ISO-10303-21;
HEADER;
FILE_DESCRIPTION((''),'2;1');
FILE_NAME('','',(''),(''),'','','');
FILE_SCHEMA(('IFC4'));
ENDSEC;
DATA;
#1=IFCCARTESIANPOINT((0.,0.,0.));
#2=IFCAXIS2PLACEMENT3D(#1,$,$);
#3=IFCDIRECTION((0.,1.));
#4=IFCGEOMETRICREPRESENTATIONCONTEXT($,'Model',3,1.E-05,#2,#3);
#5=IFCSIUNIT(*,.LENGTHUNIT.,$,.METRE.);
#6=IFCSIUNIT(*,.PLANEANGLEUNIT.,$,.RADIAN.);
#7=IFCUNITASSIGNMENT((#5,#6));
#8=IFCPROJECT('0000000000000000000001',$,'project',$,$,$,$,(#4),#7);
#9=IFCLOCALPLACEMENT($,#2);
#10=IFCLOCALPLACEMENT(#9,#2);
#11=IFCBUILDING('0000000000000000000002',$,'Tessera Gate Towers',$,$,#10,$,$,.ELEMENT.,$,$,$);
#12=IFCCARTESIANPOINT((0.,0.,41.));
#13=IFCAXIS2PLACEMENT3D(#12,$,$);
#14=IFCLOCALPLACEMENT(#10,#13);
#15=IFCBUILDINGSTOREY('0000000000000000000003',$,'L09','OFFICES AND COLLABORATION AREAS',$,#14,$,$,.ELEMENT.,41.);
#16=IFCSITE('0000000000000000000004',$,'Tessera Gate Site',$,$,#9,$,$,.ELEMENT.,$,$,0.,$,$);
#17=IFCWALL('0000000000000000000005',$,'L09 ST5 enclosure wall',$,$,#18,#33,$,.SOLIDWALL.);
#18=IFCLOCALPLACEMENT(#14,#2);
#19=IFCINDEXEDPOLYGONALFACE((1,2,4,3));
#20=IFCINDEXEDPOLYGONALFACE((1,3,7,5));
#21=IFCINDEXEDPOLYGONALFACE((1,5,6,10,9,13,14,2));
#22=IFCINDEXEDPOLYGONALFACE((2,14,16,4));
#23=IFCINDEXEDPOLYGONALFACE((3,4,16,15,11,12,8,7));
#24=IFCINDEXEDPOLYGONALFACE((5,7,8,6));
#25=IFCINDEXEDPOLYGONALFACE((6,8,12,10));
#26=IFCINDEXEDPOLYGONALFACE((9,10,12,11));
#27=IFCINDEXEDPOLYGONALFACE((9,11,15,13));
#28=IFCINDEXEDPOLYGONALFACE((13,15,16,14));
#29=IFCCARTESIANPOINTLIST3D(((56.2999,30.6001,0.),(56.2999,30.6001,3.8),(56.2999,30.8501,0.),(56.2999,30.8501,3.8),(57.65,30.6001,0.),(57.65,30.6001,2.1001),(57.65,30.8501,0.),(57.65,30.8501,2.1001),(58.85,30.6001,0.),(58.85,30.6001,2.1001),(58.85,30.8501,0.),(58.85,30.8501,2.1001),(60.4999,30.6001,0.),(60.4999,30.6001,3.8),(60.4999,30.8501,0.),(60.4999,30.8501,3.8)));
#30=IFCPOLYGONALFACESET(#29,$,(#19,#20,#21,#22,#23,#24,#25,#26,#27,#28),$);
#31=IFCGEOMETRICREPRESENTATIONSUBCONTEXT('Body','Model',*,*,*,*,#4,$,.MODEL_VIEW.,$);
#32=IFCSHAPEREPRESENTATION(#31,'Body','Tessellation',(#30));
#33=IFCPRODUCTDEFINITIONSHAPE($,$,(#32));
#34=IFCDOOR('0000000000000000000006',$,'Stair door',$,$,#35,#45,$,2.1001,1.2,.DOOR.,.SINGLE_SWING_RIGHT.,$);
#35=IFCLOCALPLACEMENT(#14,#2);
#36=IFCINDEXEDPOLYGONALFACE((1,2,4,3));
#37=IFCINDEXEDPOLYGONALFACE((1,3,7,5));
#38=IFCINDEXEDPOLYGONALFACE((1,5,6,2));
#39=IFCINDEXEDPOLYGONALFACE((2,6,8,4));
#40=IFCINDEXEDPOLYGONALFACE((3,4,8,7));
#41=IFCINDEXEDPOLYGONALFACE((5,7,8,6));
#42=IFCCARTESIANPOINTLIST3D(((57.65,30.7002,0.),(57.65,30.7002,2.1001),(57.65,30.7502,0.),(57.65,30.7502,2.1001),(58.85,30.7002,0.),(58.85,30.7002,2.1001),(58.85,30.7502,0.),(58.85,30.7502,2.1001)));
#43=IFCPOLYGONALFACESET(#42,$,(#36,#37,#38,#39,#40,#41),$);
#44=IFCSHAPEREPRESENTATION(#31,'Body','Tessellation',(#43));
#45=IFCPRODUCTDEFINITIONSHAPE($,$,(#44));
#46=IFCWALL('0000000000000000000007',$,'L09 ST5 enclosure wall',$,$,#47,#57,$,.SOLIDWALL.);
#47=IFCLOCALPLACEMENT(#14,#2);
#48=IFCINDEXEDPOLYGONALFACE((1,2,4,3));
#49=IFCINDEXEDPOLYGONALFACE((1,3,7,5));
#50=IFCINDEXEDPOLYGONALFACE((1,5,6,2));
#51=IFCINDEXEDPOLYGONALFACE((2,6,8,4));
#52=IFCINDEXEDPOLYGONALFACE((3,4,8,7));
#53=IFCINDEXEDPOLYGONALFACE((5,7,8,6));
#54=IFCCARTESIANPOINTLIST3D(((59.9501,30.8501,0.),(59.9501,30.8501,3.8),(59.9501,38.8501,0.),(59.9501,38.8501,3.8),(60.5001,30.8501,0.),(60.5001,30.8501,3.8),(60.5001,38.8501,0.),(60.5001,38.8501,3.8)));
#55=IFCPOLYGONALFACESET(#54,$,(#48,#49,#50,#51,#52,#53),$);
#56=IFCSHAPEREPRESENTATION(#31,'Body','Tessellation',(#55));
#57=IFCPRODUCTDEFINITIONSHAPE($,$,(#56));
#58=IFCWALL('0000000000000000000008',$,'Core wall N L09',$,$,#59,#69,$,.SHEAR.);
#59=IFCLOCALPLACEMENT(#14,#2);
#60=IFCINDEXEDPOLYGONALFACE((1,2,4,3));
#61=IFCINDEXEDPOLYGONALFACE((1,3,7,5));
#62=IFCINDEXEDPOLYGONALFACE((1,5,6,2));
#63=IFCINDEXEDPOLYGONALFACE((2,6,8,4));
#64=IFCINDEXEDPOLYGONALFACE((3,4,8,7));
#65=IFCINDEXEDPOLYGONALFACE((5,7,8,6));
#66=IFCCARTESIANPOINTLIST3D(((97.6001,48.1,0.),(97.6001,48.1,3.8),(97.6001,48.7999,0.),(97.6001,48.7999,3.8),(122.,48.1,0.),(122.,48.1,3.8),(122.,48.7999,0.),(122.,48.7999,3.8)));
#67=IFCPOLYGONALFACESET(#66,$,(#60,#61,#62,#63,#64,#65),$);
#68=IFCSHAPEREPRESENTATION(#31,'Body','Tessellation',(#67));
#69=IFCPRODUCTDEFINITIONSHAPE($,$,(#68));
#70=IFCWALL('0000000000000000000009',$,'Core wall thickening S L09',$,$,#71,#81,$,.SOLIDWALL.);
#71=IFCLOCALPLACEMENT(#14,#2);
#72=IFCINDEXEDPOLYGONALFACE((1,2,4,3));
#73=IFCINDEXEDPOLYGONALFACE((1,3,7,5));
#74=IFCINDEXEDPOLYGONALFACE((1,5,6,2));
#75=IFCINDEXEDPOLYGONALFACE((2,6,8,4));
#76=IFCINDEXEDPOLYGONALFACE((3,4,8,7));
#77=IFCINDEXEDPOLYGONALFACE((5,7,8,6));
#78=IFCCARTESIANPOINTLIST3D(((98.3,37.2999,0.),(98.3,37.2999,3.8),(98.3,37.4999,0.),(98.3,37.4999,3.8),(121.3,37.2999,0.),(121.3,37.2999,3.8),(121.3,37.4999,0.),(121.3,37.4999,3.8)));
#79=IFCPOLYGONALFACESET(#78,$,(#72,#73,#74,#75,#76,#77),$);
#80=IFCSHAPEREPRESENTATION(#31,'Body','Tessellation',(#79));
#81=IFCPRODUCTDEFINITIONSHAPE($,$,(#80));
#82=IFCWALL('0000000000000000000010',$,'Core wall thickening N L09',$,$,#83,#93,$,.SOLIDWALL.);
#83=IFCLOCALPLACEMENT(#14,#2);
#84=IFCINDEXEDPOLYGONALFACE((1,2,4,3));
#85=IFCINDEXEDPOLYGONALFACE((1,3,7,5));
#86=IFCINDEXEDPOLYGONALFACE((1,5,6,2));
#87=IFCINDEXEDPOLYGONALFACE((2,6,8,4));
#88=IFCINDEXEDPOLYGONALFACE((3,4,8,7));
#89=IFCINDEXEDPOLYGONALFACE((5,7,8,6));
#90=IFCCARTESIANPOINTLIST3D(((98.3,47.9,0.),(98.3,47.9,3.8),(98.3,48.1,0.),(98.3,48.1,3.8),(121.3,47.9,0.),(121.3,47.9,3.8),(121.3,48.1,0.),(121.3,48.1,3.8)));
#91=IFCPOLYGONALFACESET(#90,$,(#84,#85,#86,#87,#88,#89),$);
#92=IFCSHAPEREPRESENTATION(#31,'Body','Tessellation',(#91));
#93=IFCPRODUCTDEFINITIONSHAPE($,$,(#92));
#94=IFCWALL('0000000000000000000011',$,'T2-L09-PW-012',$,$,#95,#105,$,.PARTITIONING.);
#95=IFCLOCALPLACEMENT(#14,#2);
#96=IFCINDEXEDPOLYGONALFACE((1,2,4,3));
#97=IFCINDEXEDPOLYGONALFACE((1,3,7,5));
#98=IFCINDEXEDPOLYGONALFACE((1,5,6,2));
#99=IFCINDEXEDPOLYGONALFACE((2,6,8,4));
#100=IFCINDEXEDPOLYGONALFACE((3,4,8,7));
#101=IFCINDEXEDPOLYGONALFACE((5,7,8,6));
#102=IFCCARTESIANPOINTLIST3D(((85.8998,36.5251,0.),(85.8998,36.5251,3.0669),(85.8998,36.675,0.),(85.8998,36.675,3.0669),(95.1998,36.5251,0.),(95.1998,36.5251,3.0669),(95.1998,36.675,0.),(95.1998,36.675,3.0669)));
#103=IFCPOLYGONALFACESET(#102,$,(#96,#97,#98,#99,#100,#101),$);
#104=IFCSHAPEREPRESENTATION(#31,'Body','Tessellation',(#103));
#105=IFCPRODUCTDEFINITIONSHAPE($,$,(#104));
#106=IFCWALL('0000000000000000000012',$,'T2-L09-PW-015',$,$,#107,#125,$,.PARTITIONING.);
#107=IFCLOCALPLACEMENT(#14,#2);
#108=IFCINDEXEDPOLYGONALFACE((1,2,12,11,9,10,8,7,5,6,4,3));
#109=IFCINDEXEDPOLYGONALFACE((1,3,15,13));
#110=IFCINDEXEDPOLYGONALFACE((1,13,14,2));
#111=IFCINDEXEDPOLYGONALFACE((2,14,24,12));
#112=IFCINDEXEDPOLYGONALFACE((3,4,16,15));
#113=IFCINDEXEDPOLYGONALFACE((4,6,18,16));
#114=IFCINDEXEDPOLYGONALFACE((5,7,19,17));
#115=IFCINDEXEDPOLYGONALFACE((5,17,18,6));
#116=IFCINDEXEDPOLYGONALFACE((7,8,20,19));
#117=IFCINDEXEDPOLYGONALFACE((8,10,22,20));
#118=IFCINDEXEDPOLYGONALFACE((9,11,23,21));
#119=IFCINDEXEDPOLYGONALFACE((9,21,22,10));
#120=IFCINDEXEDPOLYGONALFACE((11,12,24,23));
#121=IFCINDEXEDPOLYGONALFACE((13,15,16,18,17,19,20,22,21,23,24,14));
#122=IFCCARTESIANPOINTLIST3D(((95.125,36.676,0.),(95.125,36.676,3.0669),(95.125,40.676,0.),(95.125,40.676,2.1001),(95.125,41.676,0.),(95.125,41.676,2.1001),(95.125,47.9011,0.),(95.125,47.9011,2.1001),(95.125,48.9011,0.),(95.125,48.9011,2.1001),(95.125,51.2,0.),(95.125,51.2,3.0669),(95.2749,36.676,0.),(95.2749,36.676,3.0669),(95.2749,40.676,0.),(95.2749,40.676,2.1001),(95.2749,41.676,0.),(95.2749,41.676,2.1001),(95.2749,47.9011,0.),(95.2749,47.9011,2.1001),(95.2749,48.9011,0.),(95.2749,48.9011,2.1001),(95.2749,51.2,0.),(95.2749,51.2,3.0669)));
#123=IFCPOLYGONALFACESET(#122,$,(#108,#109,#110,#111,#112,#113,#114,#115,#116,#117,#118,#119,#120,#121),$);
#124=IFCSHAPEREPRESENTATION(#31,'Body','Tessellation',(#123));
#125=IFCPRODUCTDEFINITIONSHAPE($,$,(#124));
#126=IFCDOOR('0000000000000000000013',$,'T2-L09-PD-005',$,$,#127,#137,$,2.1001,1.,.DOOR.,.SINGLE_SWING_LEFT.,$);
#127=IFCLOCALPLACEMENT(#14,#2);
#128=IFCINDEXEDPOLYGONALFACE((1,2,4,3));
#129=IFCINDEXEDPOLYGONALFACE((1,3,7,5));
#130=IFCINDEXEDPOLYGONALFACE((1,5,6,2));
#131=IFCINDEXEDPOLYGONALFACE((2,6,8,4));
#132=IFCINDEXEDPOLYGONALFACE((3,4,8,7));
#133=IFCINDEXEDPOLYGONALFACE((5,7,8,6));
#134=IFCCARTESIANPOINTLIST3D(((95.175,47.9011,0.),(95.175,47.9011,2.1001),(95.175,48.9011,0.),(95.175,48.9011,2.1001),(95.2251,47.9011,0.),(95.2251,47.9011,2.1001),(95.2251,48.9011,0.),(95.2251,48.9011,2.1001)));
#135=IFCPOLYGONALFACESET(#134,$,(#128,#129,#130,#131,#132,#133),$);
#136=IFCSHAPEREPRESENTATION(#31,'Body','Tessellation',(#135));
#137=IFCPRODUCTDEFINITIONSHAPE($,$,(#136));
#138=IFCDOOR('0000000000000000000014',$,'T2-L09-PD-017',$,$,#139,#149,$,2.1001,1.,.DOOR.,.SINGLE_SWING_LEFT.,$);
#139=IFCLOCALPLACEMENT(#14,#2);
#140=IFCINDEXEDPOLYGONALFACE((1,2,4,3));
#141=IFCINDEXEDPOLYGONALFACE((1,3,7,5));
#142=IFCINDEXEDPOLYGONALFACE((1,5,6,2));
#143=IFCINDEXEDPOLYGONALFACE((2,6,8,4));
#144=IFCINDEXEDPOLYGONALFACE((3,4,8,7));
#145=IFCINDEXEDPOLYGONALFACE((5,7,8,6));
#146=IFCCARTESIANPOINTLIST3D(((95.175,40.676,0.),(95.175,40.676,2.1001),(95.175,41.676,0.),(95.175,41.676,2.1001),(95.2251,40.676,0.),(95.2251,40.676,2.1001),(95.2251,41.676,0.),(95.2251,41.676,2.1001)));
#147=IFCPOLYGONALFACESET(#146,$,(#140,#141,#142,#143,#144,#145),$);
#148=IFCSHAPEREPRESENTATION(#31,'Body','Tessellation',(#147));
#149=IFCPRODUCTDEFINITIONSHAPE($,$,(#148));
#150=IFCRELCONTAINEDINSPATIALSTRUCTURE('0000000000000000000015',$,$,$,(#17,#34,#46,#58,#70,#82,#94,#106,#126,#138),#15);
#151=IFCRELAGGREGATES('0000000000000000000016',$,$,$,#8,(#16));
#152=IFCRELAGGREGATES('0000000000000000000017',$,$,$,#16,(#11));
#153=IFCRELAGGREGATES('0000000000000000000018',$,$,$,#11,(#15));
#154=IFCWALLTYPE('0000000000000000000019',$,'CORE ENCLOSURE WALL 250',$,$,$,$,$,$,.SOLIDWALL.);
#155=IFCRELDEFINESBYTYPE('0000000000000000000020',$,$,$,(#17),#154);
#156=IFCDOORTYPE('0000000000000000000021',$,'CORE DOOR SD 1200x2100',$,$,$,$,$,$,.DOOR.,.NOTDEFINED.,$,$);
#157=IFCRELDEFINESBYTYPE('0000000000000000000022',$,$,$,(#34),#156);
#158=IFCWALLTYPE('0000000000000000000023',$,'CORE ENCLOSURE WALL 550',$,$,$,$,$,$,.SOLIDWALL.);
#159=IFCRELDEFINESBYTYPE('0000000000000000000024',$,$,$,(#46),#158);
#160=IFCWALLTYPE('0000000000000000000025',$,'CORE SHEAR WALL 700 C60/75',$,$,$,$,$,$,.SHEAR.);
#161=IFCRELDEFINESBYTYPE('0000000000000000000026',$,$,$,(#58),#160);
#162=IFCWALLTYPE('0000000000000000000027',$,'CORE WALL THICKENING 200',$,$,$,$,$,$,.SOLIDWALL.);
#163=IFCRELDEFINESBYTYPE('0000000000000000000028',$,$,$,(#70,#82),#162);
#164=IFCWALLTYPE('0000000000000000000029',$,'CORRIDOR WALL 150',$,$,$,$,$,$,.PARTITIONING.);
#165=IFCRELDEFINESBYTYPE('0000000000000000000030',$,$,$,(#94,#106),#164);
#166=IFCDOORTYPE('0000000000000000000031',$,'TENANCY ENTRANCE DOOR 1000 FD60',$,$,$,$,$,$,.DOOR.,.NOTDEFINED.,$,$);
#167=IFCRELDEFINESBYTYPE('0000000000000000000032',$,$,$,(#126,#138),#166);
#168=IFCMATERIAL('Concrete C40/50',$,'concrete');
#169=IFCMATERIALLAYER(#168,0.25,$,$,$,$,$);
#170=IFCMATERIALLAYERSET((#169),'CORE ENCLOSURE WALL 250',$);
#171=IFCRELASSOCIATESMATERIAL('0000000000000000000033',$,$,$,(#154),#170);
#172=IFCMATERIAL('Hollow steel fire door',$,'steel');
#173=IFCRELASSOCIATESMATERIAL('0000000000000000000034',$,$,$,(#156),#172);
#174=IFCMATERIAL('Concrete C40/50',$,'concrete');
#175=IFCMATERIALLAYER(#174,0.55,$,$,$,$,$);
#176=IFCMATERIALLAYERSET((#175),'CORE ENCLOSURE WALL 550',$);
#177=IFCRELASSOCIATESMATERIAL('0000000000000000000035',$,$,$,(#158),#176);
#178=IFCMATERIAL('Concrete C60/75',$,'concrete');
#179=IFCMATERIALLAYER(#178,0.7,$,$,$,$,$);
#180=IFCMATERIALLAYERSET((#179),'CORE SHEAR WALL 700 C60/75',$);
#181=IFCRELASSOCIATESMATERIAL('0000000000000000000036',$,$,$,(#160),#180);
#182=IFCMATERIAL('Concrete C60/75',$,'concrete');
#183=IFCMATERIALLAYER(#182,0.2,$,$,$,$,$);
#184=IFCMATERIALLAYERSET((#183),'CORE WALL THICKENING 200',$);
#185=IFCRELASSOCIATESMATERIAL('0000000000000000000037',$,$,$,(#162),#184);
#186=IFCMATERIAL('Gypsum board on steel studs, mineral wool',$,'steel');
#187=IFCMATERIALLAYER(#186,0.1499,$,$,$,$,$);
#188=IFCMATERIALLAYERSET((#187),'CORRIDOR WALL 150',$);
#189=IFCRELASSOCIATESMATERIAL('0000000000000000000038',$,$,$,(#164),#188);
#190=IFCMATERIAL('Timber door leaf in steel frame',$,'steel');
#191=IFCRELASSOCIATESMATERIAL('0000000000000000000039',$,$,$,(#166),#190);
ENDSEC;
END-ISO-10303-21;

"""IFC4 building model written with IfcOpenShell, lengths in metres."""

from ifc_helpers import new_model, si_unit, direction, frame, frame_2d, origin, place, context, subcontext, project, spatial, rectangle, extrude, source, transform, mapped, material, layer, layer_set, type_object, element, fill, save


model = new_model("IFC4")

# Units and contexts
model_context = context("Model", 3, precision=1e-05, world=origin(), true_north=direction((0.0, 1.0)))
body_context = subcontext(model_context, "Body", "Model", "MODEL_VIEW")
ifc_project = project(units=[si_unit("LENGTHUNIT", "METRE"), si_unit("PLANEANGLEUNIT", "RADIAN")], contexts=[model_context])

# Site, building, storey
site_placement = place(None, origin())
site = spatial("IfcSite", under=ifc_project, at=site_placement, Name="Tessera Gate Site", CompositionType="ELEMENT", RefElevation=0.0)
building_placement = place(site_placement, origin())
building = spatial("IfcBuilding", under=site, at=building_placement, Name="Tessera Gate Towers", CompositionType="ELEMENT")
storey_placement = place(building_placement, frame((0.0, 0.0, 41.0)))
storey = spatial("IfcBuildingStorey", under=building, at=storey_placement, Name="L09", Description="OFFICES AND COLLABORATION AREAS", CompositionType="ELEMENT", Elevation=41.0)

# Wall, opening, door
ifc_material_1 = material(Name="Concrete C40/50", Category="concrete")
ifc_layer_1 = layer(ifc_material_1, 0.25)
ifc_layer_set_1 = layer_set([ifc_layer_1], Name="CORE ENCLOSURE WALL 250")
wall_type_1 = type_object("IfcWallType", Name="CORE ENCLOSURE WALL 250", PredefinedType="SOLIDWALL", material=ifc_layer_set_1)
wall_1_placement = place(storey_placement, frame((60.5, 30.7251, 0.0), z_axis=(0.0, 0.0, 1.0), x_axis=(-1.0, 0.0, 0.0)))
wall_1 = element("IfcWall", 1, at=wall_1_placement, inside=storey, type_object=wall_type_1, Name="L09 ST5 enclosure wall", PredefinedType="SOLIDWALL", context=body_context, shape_type="SweptSolid", body=[
    extrude(rectangle(XDim=4.2, YDim=0.25, at=frame_2d((2.1001, 0.0))), origin(), (0.0, 0.0, 1.0), 3.8),
])
shared_shape_1 = source(origin(), body_context, "Body", "SweptSolid", [
    extrude(rectangle(XDim=1.2, YDim=2.1001, at=frame_2d((0.6001, 1.05))), frame((0.0, 0.135, 0.0), z_axis=(0.0, -1.0, 0.0), x_axis=(1.0, 0.0, 0.0)), (0.0, 0.0, 1.0), 0.27),
])
opening_1_placement = place(wall_1_placement, frame((1.6499, 0.0, 0.0)))
opening_1 = element("IfcOpeningElement", 2, at=opening_1_placement, cuts=wall_1, PredefinedType="OPENING", context=body_context, shape_type="MappedRepresentation", body=[
    mapped(shared_shape_1, transform((0.0, 0.0, 0.0), scale=1.0)),
])
ifc_material_2 = material(Name="Hollow steel fire door", Category="steel")
door_type_1 = type_object("IfcDoorType", Name="CORE DOOR SD 1200x2100", OperationType="NOTDEFINED", PredefinedType="DOOR", material=ifc_material_2)
shared_shape_2 = source(origin(), body_context, "Body", "SweptSolid", [
    extrude(rectangle(XDim=1.2, YDim=2.1001, at=frame_2d((0.6001, 1.05))), frame((0.0, 0.0249, 0.0), z_axis=(0.0, -1.0, 0.0), x_axis=(1.0, 0.0, 0.0)), (0.0, 0.0, 1.0), 0.05),
])
door_1_placement = place(opening_1_placement, origin())
door_1 = element("IfcDoor", 3, at=door_1_placement, inside=storey, type_object=door_type_1, Name="Stair door", OperationType="SINGLE_SWING_RIGHT", OverallHeight=2.1001, OverallWidth=1.2, PredefinedType="DOOR", context=body_context, shape_type="MappedRepresentation", body=[
    mapped(shared_shape_2, transform((0.0, 0.0, 0.0), scale=1.0)),
])
fill(opening_1, door_1)

# Wall
ifc_material_3 = material(Name="Concrete C40/50", Category="concrete")
ifc_layer_2 = layer(ifc_material_3, 0.55)
ifc_layer_set_2 = layer_set([ifc_layer_2], Name="CORE ENCLOSURE WALL 550")
wall_type_2 = type_object("IfcWallType", Name="CORE ENCLOSURE WALL 550", PredefinedType="SOLIDWALL", material=ifc_layer_set_2)
wall_2_placement = place(storey_placement, frame((60.2251, 38.8501, 0.0), z_axis=(0.0, 0.0, 1.0), x_axis=(0.0, -1.0, 0.0)))
element("IfcWall", 4, at=wall_2_placement, inside=storey, type_object=wall_type_2, Name="L09 ST5 enclosure wall", PredefinedType="SOLIDWALL", context=body_context, shape_type="SweptSolid", body=[
    extrude(rectangle(XDim=8.0, YDim=0.55, at=frame_2d((4.0, 0.0))), origin(), (0.0, 0.0, 1.0), 3.8),
])

# Shared definitions
ifc_material_4 = material(Name="Concrete C60/75", Category="concrete")
ifc_layer_3 = layer(ifc_material_4, 0.7)
ifc_layer_set_3 = layer_set([ifc_layer_3], Name="CORE SHEAR WALL 700 C60/75")
wall_type_3 = type_object("IfcWallType", Name="CORE SHEAR WALL 700 C60/75", PredefinedType="SHEAR", material=ifc_layer_set_3)

# Walls
wall_3_placement = place(storey_placement, frame((97.6001, 48.45, 0.0), z_axis=(0.0, 0.0, 1.0), x_axis=(1.0, 0.0, 0.0)))
element("IfcWall", 5, at=wall_3_placement, inside=storey, type_object=wall_type_3, Name="Core wall N L09", PredefinedType="SHEAR", context=body_context, shape_type="SweptSolid", body=[
    extrude(rectangle(XDim=24.3999, YDim=0.7, at=frame_2d((12.2, 0.0))), origin(), (0.0, 0.0, 1.0), 3.8),
])
ifc_material_5 = material(Name="Concrete C60/75", Category="concrete")
ifc_layer_4 = layer(ifc_material_5, 0.2)
ifc_layer_set_4 = layer_set([ifc_layer_4], Name="CORE WALL THICKENING 200")
wall_type_4 = type_object("IfcWallType", Name="CORE WALL THICKENING 200", PredefinedType="SOLIDWALL", material=ifc_layer_set_4)
for number, where, z_axis, x_axis, name in (
    (6, (98.3, 37.3999, 0.0), (0.0, 0.0, 1.0), (1.0, 0.0, 0.0), "Core wall thickening S L09"),
    (7, (98.3, 48.0, 0.0), (0.0, 0.0, 1.0), (1.0, 0.0, 0.0), "Core wall thickening N L09"),
):
    element("IfcWall", number, at=place(storey_placement, frame(where, z_axis=z_axis, x_axis=x_axis)), inside=storey, type_object=wall_type_4, Name=name, PredefinedType="SOLIDWALL", context=body_context, shape_type="SweptSolid", body=[
        extrude(rectangle(XDim=23.0, YDim=0.2, at=frame_2d((11.5, 0.0))), origin(), (0.0, 0.0, 1.0), 3.8),
    ])
ifc_material_6 = material(Name="Gypsum board on steel studs, mineral wool", Category="steel")
ifc_layer_5 = layer(ifc_material_6, 0.1499)
ifc_layer_set_5 = layer_set([ifc_layer_5], Name="CORRIDOR WALL 150")
wall_type_5 = type_object("IfcWallType", Name="CORRIDOR WALL 150", PredefinedType="PARTITIONING", material=ifc_layer_set_5)
wall_4_placement = place(storey_placement, frame((85.8999, 36.6001, 0.0), z_axis=(0.0, 0.0, 1.0), x_axis=(1.0, 0.0, 0.0)))
element("IfcWall", 8, at=wall_4_placement, inside=storey, type_object=wall_type_5, Name="T2-L09-PW-012", PredefinedType="PARTITIONING", context=body_context, shape_type="SweptSolid", body=[
    extrude(rectangle(XDim=9.3, YDim=0.1499, at=frame_2d((4.6499, 0.0))), origin(), (0.0, 0.0, 1.0), 3.0669),
])

# Wall, openings, doors
wall_5_placement = place(storey_placement, frame((95.2, 36.676, 0.0), z_axis=(0.0, 0.0, 1.0), x_axis=(0.0, 1.0, 0.0)))
wall_5 = element("IfcWall", 9, at=wall_5_placement, inside=storey, type_object=wall_type_5, Name="T2-L09-PW-015", PredefinedType="PARTITIONING", context=body_context, shape_type="SweptSolid", body=[
    extrude(rectangle(XDim=14.5239, YDim=0.1499, at=frame_2d((7.262, 0.0))), origin(), (0.0, 0.0, 1.0), 3.0669),
])
shared_shape_3 = source(origin(), body_context, "Body", "SweptSolid", [
    extrude(rectangle(XDim=1.0, YDim=2.1001, at=frame_2d((0.5, 1.05))), frame((0.0, 0.085, 0.0), z_axis=(0.0, -1.0, 0.0), x_axis=(1.0, 0.0, 0.0)), (0.0, 0.0, 1.0), 0.1699),
])
opening_2_placement = place(wall_5_placement, frame((11.2251, 0.0, 0.0)))
opening_2 = element("IfcOpeningElement", 10, at=opening_2_placement, cuts=wall_5, PredefinedType="OPENING", context=body_context, shape_type="MappedRepresentation", body=[
    mapped(shared_shape_3, transform((0.0, 0.0, 0.0), scale=1.0)),
])
opening_3_placement = place(wall_5_placement, frame((4.0, 0.0, 0.0)))
opening_3 = element("IfcOpeningElement", 11, at=opening_3_placement, cuts=wall_5, PredefinedType="OPENING", context=body_context, shape_type="MappedRepresentation", body=[
    mapped(shared_shape_3, transform((0.0, 0.0, 0.0), scale=1.0)),
])
ifc_material_7 = material(Name="Timber door leaf in steel frame", Category="steel")
door_type_2 = type_object("IfcDoorType", Name="TENANCY ENTRANCE DOOR 1000 FD60", OperationType="NOTDEFINED", PredefinedType="DOOR", material=ifc_material_7)
shared_shape_4 = source(origin(), body_context, "Body", "SweptSolid", [
    extrude(rectangle(XDim=1.0, YDim=2.1001, at=frame_2d((0.5, 1.05))), frame((0.0, 0.0249, 0.0), z_axis=(0.0, -1.0, 0.0), x_axis=(1.0, 0.0, 0.0)), (0.0, 0.0, 1.0), 0.05),
])
door_2_placement = place(opening_2_placement, origin())
door_2 = element("IfcDoor", 12, at=door_2_placement, inside=storey, type_object=door_type_2, Name="T2-L09-PD-005", OperationType="SINGLE_SWING_LEFT", OverallHeight=2.1001, OverallWidth=1.0, PredefinedType="DOOR", context=body_context, shape_type="MappedRepresentation", body=[
    mapped(shared_shape_4, transform((0.0, 0.0, 0.0), scale=1.0)),
])
fill(opening_2, door_2)
door_3_placement = place(opening_3_placement, origin())
door_3 = element("IfcDoor", 13, at=door_3_placement, inside=storey, type_object=door_type_2, Name="T2-L09-PD-017", OperationType="SINGLE_SWING_LEFT", OverallHeight=2.1001, OverallWidth=1.0, PredefinedType="DOOR", context=body_context, shape_type="MappedRepresentation", body=[
    mapped(shared_shape_4, transform((0.0, 0.0, 0.0), scale=1.0)),
])
fill(opening_3, door_3)

save(model, "model.ifc")
